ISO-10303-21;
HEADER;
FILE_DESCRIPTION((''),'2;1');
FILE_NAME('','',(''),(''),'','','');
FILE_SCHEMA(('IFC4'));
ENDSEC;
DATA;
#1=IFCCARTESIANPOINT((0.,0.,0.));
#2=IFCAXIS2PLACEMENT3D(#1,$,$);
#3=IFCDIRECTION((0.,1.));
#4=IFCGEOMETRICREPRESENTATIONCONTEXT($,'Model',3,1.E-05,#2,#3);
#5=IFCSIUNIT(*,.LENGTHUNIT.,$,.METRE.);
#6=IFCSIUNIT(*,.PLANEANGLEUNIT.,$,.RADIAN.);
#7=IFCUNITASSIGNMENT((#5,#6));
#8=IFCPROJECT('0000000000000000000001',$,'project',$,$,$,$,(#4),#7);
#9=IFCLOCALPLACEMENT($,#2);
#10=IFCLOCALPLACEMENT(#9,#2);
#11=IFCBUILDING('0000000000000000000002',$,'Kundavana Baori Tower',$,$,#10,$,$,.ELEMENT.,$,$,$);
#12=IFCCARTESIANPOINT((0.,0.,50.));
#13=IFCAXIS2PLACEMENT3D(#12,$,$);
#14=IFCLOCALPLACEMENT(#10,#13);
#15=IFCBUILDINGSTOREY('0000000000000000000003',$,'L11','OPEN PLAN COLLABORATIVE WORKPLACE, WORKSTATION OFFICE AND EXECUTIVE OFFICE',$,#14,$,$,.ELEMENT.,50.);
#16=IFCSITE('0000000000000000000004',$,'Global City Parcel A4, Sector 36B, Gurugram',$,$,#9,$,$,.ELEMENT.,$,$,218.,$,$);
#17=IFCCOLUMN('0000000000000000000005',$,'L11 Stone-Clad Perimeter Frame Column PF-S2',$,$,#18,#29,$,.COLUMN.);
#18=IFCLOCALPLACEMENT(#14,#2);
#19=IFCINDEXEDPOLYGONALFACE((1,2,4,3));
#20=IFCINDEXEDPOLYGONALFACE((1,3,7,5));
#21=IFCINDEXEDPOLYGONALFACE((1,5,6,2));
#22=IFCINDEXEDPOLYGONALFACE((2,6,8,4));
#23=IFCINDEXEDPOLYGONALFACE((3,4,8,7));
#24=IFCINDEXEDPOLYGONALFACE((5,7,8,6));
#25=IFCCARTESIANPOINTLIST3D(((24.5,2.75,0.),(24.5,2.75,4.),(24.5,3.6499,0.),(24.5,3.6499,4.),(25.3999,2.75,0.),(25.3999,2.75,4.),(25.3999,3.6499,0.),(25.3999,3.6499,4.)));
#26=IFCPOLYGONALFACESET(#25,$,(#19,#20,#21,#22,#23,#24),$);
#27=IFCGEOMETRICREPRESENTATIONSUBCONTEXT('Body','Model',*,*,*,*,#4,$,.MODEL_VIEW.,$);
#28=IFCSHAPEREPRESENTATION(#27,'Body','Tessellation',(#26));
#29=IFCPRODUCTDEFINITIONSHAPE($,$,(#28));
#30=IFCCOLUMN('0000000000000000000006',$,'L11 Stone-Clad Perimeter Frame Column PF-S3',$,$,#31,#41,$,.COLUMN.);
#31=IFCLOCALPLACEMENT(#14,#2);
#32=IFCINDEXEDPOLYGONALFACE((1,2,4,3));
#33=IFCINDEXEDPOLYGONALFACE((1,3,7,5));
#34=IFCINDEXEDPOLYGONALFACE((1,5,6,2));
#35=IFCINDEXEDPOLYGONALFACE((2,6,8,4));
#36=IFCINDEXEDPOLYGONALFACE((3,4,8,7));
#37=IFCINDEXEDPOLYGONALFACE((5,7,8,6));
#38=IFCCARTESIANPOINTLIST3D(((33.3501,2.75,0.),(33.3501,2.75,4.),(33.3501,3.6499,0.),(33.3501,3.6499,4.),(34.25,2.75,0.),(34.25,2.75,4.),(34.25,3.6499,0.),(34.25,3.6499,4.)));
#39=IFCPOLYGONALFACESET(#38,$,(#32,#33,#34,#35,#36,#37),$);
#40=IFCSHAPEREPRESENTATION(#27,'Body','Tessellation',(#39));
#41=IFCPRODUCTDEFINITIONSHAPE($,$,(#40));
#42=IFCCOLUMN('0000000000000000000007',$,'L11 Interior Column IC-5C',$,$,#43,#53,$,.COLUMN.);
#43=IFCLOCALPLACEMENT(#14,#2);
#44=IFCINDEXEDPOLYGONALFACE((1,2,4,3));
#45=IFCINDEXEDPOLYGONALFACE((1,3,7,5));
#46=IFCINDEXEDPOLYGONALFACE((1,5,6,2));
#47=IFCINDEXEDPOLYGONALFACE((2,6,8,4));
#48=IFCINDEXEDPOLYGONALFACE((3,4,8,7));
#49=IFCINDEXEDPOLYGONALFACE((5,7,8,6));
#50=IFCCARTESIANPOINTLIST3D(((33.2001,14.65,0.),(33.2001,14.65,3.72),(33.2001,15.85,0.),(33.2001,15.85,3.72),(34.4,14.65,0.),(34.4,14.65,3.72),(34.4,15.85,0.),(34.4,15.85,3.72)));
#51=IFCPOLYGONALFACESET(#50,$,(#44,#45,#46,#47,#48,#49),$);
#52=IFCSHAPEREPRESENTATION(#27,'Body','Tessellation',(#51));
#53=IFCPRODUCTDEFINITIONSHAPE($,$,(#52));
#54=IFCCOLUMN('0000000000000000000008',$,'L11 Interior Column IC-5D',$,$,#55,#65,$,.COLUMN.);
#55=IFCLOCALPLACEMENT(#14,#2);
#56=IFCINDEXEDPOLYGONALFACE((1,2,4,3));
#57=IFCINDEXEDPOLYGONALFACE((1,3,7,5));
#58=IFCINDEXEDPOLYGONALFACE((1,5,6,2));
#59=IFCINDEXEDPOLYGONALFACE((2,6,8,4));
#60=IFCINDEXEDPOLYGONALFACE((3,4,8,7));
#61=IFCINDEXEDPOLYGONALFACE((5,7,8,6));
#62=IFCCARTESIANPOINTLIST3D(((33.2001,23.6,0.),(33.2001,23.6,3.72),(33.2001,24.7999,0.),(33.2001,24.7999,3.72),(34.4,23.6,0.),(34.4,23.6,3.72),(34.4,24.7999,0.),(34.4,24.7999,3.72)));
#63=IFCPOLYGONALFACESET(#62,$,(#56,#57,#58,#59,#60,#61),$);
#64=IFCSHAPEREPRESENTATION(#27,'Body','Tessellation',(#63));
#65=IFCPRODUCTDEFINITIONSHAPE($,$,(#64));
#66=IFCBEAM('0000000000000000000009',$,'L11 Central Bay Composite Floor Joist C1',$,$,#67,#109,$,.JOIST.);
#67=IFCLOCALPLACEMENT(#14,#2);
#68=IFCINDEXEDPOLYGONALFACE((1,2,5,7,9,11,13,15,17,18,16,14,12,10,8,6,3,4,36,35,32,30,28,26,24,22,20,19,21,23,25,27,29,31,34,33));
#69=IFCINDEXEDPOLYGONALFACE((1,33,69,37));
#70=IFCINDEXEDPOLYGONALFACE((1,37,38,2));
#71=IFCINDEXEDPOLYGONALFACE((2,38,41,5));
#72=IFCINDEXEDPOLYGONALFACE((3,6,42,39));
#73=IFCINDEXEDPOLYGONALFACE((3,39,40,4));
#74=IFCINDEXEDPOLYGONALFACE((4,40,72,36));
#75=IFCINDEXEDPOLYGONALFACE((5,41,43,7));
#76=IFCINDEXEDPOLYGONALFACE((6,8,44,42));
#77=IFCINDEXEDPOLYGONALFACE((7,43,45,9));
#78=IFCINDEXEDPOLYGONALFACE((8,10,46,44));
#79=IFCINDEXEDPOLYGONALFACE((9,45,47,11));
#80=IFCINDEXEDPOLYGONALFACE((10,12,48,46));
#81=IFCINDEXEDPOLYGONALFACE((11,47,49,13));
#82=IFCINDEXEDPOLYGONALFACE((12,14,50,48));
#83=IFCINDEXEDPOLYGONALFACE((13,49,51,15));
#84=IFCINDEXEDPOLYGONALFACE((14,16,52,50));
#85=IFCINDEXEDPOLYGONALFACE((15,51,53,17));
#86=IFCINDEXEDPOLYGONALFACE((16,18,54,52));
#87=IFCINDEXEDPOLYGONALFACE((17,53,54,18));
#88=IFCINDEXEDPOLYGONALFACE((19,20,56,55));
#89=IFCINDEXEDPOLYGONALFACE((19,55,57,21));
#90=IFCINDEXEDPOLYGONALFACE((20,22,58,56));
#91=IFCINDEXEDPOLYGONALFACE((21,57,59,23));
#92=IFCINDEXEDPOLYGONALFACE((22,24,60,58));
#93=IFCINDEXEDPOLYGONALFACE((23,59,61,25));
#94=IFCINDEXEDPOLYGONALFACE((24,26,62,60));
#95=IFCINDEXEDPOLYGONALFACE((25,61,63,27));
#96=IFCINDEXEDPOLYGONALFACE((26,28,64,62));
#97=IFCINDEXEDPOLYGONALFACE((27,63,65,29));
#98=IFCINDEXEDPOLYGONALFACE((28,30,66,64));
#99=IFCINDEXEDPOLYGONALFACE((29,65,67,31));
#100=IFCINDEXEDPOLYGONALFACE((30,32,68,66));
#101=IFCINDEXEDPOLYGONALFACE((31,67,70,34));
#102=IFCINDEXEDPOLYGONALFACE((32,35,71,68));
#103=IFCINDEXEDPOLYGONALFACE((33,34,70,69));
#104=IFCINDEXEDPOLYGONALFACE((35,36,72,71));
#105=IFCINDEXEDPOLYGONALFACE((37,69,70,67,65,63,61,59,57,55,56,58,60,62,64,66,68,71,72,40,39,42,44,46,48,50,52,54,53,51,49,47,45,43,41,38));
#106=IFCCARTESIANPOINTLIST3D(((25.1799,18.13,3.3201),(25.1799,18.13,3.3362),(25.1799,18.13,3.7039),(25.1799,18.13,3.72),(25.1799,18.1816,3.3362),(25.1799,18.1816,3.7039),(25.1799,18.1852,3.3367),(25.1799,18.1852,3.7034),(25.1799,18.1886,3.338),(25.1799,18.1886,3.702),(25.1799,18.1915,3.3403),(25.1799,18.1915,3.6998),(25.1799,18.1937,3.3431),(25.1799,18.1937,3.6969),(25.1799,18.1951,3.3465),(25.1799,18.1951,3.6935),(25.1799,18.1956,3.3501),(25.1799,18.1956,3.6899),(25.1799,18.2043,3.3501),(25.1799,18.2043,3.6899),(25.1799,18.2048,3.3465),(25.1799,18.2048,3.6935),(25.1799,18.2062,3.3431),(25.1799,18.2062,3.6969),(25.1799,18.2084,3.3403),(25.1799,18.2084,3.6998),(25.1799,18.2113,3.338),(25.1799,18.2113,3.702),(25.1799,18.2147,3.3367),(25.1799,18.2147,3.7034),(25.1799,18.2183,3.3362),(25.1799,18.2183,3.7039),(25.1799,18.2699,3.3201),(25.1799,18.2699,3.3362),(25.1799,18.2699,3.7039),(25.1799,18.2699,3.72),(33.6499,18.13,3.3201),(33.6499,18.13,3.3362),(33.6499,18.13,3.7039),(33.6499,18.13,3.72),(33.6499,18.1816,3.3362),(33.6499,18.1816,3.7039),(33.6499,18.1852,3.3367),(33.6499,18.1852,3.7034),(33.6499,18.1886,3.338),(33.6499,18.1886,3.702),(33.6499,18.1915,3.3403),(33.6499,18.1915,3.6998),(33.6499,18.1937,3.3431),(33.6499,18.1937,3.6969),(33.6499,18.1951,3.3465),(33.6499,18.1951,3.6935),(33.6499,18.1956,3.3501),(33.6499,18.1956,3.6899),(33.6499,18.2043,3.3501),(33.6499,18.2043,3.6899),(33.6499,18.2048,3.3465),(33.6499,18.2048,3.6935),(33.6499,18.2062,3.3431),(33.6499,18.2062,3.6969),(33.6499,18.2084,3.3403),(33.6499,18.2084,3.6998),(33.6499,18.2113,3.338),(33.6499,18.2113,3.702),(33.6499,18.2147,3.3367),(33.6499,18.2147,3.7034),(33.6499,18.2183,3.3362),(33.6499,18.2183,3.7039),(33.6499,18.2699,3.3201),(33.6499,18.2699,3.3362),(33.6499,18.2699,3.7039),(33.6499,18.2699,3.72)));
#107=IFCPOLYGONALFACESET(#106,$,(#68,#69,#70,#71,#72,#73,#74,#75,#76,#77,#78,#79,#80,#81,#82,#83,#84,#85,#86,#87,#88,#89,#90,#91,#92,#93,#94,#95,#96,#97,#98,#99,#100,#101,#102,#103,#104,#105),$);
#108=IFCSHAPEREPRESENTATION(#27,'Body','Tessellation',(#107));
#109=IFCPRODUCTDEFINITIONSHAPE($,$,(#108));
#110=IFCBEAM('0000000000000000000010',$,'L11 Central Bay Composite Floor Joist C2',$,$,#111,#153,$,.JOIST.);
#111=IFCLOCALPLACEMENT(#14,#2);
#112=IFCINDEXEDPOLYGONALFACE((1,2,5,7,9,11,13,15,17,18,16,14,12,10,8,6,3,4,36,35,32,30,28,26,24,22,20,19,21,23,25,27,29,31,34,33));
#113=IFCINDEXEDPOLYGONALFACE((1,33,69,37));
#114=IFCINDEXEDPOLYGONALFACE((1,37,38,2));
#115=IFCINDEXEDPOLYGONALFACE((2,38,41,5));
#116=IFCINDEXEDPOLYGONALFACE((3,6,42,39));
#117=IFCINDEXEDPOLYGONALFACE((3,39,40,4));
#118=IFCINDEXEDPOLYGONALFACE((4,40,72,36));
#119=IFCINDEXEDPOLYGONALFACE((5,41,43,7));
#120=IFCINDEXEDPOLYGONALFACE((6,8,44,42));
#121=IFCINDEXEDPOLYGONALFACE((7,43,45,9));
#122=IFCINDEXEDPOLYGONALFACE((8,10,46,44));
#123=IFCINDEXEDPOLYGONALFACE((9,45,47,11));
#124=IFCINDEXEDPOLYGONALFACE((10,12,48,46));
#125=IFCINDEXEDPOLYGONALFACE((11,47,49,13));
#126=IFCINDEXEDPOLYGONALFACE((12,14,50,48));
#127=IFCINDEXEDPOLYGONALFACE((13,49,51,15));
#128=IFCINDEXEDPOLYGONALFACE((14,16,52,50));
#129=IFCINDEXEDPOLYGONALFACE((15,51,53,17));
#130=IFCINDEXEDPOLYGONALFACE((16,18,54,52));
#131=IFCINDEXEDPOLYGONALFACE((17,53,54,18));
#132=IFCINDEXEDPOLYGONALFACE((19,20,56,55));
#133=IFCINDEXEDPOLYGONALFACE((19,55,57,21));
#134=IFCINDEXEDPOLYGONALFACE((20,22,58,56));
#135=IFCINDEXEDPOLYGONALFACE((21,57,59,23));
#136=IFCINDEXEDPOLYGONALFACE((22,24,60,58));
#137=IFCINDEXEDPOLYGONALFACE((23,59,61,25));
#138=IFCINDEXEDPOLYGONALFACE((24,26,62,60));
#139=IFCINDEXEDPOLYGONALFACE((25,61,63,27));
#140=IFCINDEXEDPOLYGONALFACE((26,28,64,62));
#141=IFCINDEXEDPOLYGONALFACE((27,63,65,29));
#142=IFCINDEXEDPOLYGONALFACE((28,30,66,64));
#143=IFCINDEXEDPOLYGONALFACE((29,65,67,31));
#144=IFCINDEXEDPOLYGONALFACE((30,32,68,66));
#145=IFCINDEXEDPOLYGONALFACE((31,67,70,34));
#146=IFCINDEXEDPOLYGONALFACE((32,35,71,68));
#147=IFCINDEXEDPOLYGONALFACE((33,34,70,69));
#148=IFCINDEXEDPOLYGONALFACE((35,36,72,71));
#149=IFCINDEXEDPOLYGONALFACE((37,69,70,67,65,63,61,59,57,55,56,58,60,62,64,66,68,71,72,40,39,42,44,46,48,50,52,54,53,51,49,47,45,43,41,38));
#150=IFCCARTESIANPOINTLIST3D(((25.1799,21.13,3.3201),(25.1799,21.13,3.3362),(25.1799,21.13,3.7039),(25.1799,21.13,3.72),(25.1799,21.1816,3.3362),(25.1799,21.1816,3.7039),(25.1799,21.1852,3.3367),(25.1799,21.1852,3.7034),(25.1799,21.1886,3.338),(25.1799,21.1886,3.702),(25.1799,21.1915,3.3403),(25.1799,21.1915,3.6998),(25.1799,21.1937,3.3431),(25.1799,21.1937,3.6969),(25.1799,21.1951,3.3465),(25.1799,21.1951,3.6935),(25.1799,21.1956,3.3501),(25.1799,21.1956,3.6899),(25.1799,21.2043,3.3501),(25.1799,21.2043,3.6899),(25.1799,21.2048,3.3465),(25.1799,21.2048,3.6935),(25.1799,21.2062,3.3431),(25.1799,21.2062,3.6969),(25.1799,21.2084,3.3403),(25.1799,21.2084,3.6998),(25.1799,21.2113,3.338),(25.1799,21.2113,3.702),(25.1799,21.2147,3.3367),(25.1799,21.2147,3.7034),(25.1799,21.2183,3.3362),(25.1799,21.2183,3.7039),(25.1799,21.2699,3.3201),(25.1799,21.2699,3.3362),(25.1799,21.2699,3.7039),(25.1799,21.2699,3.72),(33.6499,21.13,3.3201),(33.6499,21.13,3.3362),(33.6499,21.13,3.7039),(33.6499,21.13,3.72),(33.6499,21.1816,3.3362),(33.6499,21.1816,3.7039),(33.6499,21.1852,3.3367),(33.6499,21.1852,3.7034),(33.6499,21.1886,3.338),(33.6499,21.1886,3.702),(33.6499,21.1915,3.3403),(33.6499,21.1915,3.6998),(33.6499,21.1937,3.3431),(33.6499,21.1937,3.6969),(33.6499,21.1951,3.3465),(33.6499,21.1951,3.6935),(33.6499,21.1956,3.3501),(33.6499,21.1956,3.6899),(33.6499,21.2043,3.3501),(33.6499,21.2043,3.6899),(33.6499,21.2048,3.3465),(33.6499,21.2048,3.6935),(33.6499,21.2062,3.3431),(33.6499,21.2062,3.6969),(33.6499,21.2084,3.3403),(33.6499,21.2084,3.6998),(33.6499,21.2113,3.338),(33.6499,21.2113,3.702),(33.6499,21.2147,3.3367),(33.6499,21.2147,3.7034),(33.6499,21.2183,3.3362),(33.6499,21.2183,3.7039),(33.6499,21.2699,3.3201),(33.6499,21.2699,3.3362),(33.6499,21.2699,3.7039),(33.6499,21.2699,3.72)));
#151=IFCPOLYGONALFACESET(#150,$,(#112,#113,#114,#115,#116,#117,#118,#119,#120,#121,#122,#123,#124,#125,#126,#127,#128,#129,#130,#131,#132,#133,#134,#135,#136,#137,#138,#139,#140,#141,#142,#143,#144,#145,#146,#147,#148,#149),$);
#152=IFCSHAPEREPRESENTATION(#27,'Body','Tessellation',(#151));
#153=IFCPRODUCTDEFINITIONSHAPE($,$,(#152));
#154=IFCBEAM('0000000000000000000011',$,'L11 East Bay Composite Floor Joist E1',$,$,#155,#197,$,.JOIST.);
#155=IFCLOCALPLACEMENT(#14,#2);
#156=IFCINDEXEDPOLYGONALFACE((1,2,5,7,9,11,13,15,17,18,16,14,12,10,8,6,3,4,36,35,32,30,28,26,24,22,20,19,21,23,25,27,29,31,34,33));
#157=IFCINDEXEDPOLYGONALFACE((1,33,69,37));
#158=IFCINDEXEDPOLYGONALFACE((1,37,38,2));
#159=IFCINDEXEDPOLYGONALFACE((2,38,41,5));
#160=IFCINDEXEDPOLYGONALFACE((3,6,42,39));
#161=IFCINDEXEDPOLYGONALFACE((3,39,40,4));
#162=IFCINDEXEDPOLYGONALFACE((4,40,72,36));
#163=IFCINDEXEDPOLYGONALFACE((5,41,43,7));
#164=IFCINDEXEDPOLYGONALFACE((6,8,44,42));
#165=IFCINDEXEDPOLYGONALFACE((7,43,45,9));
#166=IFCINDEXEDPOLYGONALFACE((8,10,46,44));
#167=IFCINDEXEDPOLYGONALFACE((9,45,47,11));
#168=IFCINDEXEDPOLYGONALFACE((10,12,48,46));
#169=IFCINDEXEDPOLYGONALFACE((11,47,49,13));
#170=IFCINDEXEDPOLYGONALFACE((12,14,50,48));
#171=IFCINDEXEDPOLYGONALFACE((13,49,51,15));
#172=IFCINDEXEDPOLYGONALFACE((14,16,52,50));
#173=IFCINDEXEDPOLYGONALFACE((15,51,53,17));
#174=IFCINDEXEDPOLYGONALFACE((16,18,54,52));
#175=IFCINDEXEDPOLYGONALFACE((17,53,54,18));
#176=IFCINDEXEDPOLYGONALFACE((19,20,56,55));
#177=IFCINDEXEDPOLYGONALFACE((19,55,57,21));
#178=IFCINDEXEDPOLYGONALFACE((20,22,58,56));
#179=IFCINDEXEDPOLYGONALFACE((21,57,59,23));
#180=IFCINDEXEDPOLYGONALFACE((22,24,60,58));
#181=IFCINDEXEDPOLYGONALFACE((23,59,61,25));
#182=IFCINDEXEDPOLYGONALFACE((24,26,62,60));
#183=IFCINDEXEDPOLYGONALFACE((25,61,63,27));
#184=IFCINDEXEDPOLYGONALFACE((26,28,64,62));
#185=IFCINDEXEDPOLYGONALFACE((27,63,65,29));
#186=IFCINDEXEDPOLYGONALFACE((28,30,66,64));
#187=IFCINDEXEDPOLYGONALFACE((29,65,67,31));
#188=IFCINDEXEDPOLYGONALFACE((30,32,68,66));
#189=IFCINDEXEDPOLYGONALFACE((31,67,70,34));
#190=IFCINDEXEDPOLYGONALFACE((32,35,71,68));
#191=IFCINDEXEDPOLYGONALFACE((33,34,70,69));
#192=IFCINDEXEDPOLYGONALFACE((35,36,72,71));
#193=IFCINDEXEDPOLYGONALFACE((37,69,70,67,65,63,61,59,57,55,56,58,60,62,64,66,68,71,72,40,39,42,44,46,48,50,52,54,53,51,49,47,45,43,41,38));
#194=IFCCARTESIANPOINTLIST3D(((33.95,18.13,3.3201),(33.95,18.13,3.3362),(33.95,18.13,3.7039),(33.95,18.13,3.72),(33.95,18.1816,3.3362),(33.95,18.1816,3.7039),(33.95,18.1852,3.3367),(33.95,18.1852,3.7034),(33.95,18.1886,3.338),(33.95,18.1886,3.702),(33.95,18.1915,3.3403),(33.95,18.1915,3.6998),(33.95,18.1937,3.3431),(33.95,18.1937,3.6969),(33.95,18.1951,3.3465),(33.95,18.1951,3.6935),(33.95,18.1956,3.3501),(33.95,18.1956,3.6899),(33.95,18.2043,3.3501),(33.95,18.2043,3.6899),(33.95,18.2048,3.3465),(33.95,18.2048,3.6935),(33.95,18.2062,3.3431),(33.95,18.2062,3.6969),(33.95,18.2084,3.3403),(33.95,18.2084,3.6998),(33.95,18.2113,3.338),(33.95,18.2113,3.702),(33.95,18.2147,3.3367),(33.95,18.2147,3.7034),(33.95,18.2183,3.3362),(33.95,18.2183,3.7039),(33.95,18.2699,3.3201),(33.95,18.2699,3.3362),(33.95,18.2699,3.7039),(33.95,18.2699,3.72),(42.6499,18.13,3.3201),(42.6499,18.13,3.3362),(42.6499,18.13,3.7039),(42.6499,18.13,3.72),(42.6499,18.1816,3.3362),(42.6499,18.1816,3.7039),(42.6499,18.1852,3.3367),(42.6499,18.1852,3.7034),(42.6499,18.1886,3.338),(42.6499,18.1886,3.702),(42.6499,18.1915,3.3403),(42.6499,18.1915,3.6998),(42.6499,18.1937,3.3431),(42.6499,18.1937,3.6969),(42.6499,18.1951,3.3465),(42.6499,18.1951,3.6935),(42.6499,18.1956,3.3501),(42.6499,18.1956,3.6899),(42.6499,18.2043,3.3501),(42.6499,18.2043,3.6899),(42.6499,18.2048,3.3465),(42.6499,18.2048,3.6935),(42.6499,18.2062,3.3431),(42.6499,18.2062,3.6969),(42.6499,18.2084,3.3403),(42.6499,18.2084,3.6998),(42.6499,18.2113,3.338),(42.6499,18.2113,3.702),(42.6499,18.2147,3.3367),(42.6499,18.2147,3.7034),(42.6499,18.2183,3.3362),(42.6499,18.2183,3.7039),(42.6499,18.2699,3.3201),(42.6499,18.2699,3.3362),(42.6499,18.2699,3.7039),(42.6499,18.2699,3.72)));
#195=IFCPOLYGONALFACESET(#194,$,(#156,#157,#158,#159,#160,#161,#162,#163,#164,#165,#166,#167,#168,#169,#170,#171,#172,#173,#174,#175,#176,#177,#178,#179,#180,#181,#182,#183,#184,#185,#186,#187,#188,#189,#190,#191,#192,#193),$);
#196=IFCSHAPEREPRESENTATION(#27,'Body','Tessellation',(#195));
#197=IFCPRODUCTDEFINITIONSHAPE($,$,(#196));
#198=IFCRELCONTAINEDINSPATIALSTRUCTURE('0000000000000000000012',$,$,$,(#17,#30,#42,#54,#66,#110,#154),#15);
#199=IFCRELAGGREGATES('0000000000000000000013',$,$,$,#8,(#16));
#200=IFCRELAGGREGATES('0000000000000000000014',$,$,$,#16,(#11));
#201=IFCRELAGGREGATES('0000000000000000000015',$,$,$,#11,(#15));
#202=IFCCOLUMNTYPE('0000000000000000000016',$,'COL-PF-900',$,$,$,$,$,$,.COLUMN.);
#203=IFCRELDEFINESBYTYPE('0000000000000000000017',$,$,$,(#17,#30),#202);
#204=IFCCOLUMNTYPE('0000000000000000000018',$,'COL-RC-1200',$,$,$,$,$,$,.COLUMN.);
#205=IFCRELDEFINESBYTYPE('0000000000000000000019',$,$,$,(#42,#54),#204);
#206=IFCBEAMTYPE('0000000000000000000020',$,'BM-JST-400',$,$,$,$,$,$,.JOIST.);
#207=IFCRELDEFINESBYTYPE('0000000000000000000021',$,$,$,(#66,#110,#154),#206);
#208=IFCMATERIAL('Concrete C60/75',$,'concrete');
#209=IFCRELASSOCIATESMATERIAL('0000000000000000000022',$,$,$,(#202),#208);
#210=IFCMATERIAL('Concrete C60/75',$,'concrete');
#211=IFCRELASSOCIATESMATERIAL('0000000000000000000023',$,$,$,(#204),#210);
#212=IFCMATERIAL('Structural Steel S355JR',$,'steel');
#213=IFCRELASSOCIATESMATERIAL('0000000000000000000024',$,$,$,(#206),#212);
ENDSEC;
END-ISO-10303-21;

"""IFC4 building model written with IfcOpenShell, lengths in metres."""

from ifc_helpers import new_model, si_unit, direction, frame, origin, origin_2d, place, context, subcontext, project, spatial, rectangle, i_section, extrude, material, material_profile, profile_set, type_object, element, save


model = new_model("IFC4")

# Units and contexts
model_context = context("Model", 3, precision=1e-05, world=origin(), true_north=direction((0.0, 1.0)))
body_context = subcontext(model_context, "Body", "Model", "MODEL_VIEW")
ifc_project = project(units=[si_unit("LENGTHUNIT", "METRE"), si_unit("PLANEANGLEUNIT", "RADIAN")], contexts=[model_context])

# Site, building, storey
site_placement = place(None, origin())
site = spatial("IfcSite", under=ifc_project, at=site_placement, Name="Global City Parcel A4, Sector 36B, Gurugram", CompositionType="ELEMENT", RefElevation=218.0)
building_placement = place(site_placement, origin())
building = spatial("IfcBuilding", under=site, at=building_placement, Name="Kundavana Baori Tower", CompositionType="ELEMENT")
storey_placement = place(building_placement, frame((0.0, 0.0, 50.0)))
storey = spatial("IfcBuildingStorey", under=building, at=storey_placement, Name="L11", Description="OPEN PLAN COLLABORATIVE WORKPLACE, WORKSTATION OFFICE AND EXECUTIVE OFFICE", CompositionType="ELEMENT", Elevation=50.0)

# Columns
ifc_material_1 = material(Name="Concrete C60/75", Category="concrete")
ifc_material_profile_1 = material_profile(ifc_material_1, rectangle(XDim=0.8999, YDim=0.8999, at=origin_2d()), Name="RC PF 900x900")
ifc_profile_set_1 = profile_set([ifc_material_profile_1], Name="Concrete C60/75")
column_type_1 = type_object("IfcColumnType", Name="COL-PF-900", PredefinedType="COLUMN", material=ifc_profile_set_1)
for number, where, z_axis, x_axis, name in (
    (1, (24.95, 3.2, 0.0), (0.0, 0.0, 1.0), (1.0, 0.0, 0.0), "L11 Stone-Clad Perimeter Frame Column PF-S2"),
    (2, (33.8, 3.2, 0.0), (0.0, 0.0, 1.0), (1.0, 0.0, 0.0), "L11 Stone-Clad Perimeter Frame Column PF-S3"),
):
    element("IfcColumn", number, at=place(storey_placement, frame(where, z_axis=z_axis, x_axis=x_axis)), inside=storey, type_object=column_type_1, Name=name, PredefinedType="COLUMN", context=body_context, shape_type="SweptSolid", body=[
        extrude(rectangle(XDim=0.8999, YDim=0.8999, at=origin_2d()), origin(), (0.0, 0.0, 1.0), 4.0),
    ])
ifc_material_2 = material(Name="Concrete C60/75", Category="concrete")
ifc_material_profile_2 = material_profile(ifc_material_2, rectangle(XDim=1.2, YDim=1.2, at=origin_2d()), Name="RC 1200x1200")
ifc_profile_set_2 = profile_set([ifc_material_profile_2], Name="Concrete C60/75")
column_type_2 = type_object("IfcColumnType", Name="COL-RC-1200", PredefinedType="COLUMN", material=ifc_profile_set_2)
for number, where, z_axis, x_axis, name in (
    (3, (33.8, 15.25, 0.0), (0.0, 0.0, 1.0), (1.0, 0.0, 0.0), "L11 Interior Column IC-5C"),
    (4, (33.8, 24.2, 0.0), (0.0, 0.0, 1.0), (1.0, 0.0, 0.0), "L11 Interior Column IC-5D"),
):
    element("IfcColumn", number, at=place(storey_placement, frame(where, z_axis=z_axis, x_axis=x_axis)), inside=storey, type_object=column_type_2, Name=name, PredefinedType="COLUMN", context=body_context, shape_type="SweptSolid", body=[
        extrude(rectangle(XDim=1.2, YDim=1.2, at=origin_2d()), origin(), (0.0, 0.0, 1.0), 3.72),
    ])

# Beams
ifc_material_3 = material(Name="Structural Steel S355JR", Category="steel")
ifc_material_profile_3 = material_profile(ifc_material_3, i_section(OverallWidth=0.1399, OverallDepth=0.3999, WebThickness=0.0088, FlangeThickness=0.0161, FilletRadius=0.0139, at=origin_2d()), Name="ISMB 400")
ifc_profile_set_3 = profile_set([ifc_material_profile_3], Name="Structural Steel S355JR")
beam_type_1 = type_object("IfcBeamType", Name="BM-JST-400", PredefinedType="JOIST", material=ifc_profile_set_3)
for number, where, z_axis, x_axis, name in (
    (5, (25.1799, 18.2, 3.52), (1.0, 0.0, 0.0), (0.0, 1.0, 0.0), "L11 Central Bay Composite Floor Joist C1"),
    (6, (25.1799, 21.2, 3.52), (1.0, 0.0, 0.0), (0.0, 1.0, 0.0), "L11 Central Bay Composite Floor Joist C2"),
):
    element("IfcBeam", number, at=place(storey_placement, frame(where, z_axis=z_axis, x_axis=x_axis)), inside=storey, type_object=beam_type_1, Name=name, PredefinedType="JOIST", context=body_context, shape_type="SweptSolid", body=[
        extrude(i_section(OverallWidth=0.1399, OverallDepth=0.3999, WebThickness=0.0088, FlangeThickness=0.0161, FilletRadius=0.0139, at=origin_2d()), origin(), (0.0, 0.0, 1.0), 8.47),
    ])
for number, where, z_axis, x_axis, name in (
    (7, (33.95, 18.2, 3.52), (1.0, 0.0, 0.0), (0.0, 1.0, 0.0), "L11 East Bay Composite Floor Joist E1"),
):
    element("IfcBeam", number, at=place(storey_placement, frame(where, z_axis=z_axis, x_axis=x_axis)), inside=storey, type_object=beam_type_1, Name=name, PredefinedType="JOIST", context=body_context, shape_type="SweptSolid", body=[
        extrude(i_section(OverallWidth=0.1399, OverallDepth=0.3999, WebThickness=0.0088, FlangeThickness=0.0161, FilletRadius=0.0139, at=origin_2d()), origin(), (0.0, 0.0, 1.0), 8.7),
    ])

save(model, "model.ifc")
